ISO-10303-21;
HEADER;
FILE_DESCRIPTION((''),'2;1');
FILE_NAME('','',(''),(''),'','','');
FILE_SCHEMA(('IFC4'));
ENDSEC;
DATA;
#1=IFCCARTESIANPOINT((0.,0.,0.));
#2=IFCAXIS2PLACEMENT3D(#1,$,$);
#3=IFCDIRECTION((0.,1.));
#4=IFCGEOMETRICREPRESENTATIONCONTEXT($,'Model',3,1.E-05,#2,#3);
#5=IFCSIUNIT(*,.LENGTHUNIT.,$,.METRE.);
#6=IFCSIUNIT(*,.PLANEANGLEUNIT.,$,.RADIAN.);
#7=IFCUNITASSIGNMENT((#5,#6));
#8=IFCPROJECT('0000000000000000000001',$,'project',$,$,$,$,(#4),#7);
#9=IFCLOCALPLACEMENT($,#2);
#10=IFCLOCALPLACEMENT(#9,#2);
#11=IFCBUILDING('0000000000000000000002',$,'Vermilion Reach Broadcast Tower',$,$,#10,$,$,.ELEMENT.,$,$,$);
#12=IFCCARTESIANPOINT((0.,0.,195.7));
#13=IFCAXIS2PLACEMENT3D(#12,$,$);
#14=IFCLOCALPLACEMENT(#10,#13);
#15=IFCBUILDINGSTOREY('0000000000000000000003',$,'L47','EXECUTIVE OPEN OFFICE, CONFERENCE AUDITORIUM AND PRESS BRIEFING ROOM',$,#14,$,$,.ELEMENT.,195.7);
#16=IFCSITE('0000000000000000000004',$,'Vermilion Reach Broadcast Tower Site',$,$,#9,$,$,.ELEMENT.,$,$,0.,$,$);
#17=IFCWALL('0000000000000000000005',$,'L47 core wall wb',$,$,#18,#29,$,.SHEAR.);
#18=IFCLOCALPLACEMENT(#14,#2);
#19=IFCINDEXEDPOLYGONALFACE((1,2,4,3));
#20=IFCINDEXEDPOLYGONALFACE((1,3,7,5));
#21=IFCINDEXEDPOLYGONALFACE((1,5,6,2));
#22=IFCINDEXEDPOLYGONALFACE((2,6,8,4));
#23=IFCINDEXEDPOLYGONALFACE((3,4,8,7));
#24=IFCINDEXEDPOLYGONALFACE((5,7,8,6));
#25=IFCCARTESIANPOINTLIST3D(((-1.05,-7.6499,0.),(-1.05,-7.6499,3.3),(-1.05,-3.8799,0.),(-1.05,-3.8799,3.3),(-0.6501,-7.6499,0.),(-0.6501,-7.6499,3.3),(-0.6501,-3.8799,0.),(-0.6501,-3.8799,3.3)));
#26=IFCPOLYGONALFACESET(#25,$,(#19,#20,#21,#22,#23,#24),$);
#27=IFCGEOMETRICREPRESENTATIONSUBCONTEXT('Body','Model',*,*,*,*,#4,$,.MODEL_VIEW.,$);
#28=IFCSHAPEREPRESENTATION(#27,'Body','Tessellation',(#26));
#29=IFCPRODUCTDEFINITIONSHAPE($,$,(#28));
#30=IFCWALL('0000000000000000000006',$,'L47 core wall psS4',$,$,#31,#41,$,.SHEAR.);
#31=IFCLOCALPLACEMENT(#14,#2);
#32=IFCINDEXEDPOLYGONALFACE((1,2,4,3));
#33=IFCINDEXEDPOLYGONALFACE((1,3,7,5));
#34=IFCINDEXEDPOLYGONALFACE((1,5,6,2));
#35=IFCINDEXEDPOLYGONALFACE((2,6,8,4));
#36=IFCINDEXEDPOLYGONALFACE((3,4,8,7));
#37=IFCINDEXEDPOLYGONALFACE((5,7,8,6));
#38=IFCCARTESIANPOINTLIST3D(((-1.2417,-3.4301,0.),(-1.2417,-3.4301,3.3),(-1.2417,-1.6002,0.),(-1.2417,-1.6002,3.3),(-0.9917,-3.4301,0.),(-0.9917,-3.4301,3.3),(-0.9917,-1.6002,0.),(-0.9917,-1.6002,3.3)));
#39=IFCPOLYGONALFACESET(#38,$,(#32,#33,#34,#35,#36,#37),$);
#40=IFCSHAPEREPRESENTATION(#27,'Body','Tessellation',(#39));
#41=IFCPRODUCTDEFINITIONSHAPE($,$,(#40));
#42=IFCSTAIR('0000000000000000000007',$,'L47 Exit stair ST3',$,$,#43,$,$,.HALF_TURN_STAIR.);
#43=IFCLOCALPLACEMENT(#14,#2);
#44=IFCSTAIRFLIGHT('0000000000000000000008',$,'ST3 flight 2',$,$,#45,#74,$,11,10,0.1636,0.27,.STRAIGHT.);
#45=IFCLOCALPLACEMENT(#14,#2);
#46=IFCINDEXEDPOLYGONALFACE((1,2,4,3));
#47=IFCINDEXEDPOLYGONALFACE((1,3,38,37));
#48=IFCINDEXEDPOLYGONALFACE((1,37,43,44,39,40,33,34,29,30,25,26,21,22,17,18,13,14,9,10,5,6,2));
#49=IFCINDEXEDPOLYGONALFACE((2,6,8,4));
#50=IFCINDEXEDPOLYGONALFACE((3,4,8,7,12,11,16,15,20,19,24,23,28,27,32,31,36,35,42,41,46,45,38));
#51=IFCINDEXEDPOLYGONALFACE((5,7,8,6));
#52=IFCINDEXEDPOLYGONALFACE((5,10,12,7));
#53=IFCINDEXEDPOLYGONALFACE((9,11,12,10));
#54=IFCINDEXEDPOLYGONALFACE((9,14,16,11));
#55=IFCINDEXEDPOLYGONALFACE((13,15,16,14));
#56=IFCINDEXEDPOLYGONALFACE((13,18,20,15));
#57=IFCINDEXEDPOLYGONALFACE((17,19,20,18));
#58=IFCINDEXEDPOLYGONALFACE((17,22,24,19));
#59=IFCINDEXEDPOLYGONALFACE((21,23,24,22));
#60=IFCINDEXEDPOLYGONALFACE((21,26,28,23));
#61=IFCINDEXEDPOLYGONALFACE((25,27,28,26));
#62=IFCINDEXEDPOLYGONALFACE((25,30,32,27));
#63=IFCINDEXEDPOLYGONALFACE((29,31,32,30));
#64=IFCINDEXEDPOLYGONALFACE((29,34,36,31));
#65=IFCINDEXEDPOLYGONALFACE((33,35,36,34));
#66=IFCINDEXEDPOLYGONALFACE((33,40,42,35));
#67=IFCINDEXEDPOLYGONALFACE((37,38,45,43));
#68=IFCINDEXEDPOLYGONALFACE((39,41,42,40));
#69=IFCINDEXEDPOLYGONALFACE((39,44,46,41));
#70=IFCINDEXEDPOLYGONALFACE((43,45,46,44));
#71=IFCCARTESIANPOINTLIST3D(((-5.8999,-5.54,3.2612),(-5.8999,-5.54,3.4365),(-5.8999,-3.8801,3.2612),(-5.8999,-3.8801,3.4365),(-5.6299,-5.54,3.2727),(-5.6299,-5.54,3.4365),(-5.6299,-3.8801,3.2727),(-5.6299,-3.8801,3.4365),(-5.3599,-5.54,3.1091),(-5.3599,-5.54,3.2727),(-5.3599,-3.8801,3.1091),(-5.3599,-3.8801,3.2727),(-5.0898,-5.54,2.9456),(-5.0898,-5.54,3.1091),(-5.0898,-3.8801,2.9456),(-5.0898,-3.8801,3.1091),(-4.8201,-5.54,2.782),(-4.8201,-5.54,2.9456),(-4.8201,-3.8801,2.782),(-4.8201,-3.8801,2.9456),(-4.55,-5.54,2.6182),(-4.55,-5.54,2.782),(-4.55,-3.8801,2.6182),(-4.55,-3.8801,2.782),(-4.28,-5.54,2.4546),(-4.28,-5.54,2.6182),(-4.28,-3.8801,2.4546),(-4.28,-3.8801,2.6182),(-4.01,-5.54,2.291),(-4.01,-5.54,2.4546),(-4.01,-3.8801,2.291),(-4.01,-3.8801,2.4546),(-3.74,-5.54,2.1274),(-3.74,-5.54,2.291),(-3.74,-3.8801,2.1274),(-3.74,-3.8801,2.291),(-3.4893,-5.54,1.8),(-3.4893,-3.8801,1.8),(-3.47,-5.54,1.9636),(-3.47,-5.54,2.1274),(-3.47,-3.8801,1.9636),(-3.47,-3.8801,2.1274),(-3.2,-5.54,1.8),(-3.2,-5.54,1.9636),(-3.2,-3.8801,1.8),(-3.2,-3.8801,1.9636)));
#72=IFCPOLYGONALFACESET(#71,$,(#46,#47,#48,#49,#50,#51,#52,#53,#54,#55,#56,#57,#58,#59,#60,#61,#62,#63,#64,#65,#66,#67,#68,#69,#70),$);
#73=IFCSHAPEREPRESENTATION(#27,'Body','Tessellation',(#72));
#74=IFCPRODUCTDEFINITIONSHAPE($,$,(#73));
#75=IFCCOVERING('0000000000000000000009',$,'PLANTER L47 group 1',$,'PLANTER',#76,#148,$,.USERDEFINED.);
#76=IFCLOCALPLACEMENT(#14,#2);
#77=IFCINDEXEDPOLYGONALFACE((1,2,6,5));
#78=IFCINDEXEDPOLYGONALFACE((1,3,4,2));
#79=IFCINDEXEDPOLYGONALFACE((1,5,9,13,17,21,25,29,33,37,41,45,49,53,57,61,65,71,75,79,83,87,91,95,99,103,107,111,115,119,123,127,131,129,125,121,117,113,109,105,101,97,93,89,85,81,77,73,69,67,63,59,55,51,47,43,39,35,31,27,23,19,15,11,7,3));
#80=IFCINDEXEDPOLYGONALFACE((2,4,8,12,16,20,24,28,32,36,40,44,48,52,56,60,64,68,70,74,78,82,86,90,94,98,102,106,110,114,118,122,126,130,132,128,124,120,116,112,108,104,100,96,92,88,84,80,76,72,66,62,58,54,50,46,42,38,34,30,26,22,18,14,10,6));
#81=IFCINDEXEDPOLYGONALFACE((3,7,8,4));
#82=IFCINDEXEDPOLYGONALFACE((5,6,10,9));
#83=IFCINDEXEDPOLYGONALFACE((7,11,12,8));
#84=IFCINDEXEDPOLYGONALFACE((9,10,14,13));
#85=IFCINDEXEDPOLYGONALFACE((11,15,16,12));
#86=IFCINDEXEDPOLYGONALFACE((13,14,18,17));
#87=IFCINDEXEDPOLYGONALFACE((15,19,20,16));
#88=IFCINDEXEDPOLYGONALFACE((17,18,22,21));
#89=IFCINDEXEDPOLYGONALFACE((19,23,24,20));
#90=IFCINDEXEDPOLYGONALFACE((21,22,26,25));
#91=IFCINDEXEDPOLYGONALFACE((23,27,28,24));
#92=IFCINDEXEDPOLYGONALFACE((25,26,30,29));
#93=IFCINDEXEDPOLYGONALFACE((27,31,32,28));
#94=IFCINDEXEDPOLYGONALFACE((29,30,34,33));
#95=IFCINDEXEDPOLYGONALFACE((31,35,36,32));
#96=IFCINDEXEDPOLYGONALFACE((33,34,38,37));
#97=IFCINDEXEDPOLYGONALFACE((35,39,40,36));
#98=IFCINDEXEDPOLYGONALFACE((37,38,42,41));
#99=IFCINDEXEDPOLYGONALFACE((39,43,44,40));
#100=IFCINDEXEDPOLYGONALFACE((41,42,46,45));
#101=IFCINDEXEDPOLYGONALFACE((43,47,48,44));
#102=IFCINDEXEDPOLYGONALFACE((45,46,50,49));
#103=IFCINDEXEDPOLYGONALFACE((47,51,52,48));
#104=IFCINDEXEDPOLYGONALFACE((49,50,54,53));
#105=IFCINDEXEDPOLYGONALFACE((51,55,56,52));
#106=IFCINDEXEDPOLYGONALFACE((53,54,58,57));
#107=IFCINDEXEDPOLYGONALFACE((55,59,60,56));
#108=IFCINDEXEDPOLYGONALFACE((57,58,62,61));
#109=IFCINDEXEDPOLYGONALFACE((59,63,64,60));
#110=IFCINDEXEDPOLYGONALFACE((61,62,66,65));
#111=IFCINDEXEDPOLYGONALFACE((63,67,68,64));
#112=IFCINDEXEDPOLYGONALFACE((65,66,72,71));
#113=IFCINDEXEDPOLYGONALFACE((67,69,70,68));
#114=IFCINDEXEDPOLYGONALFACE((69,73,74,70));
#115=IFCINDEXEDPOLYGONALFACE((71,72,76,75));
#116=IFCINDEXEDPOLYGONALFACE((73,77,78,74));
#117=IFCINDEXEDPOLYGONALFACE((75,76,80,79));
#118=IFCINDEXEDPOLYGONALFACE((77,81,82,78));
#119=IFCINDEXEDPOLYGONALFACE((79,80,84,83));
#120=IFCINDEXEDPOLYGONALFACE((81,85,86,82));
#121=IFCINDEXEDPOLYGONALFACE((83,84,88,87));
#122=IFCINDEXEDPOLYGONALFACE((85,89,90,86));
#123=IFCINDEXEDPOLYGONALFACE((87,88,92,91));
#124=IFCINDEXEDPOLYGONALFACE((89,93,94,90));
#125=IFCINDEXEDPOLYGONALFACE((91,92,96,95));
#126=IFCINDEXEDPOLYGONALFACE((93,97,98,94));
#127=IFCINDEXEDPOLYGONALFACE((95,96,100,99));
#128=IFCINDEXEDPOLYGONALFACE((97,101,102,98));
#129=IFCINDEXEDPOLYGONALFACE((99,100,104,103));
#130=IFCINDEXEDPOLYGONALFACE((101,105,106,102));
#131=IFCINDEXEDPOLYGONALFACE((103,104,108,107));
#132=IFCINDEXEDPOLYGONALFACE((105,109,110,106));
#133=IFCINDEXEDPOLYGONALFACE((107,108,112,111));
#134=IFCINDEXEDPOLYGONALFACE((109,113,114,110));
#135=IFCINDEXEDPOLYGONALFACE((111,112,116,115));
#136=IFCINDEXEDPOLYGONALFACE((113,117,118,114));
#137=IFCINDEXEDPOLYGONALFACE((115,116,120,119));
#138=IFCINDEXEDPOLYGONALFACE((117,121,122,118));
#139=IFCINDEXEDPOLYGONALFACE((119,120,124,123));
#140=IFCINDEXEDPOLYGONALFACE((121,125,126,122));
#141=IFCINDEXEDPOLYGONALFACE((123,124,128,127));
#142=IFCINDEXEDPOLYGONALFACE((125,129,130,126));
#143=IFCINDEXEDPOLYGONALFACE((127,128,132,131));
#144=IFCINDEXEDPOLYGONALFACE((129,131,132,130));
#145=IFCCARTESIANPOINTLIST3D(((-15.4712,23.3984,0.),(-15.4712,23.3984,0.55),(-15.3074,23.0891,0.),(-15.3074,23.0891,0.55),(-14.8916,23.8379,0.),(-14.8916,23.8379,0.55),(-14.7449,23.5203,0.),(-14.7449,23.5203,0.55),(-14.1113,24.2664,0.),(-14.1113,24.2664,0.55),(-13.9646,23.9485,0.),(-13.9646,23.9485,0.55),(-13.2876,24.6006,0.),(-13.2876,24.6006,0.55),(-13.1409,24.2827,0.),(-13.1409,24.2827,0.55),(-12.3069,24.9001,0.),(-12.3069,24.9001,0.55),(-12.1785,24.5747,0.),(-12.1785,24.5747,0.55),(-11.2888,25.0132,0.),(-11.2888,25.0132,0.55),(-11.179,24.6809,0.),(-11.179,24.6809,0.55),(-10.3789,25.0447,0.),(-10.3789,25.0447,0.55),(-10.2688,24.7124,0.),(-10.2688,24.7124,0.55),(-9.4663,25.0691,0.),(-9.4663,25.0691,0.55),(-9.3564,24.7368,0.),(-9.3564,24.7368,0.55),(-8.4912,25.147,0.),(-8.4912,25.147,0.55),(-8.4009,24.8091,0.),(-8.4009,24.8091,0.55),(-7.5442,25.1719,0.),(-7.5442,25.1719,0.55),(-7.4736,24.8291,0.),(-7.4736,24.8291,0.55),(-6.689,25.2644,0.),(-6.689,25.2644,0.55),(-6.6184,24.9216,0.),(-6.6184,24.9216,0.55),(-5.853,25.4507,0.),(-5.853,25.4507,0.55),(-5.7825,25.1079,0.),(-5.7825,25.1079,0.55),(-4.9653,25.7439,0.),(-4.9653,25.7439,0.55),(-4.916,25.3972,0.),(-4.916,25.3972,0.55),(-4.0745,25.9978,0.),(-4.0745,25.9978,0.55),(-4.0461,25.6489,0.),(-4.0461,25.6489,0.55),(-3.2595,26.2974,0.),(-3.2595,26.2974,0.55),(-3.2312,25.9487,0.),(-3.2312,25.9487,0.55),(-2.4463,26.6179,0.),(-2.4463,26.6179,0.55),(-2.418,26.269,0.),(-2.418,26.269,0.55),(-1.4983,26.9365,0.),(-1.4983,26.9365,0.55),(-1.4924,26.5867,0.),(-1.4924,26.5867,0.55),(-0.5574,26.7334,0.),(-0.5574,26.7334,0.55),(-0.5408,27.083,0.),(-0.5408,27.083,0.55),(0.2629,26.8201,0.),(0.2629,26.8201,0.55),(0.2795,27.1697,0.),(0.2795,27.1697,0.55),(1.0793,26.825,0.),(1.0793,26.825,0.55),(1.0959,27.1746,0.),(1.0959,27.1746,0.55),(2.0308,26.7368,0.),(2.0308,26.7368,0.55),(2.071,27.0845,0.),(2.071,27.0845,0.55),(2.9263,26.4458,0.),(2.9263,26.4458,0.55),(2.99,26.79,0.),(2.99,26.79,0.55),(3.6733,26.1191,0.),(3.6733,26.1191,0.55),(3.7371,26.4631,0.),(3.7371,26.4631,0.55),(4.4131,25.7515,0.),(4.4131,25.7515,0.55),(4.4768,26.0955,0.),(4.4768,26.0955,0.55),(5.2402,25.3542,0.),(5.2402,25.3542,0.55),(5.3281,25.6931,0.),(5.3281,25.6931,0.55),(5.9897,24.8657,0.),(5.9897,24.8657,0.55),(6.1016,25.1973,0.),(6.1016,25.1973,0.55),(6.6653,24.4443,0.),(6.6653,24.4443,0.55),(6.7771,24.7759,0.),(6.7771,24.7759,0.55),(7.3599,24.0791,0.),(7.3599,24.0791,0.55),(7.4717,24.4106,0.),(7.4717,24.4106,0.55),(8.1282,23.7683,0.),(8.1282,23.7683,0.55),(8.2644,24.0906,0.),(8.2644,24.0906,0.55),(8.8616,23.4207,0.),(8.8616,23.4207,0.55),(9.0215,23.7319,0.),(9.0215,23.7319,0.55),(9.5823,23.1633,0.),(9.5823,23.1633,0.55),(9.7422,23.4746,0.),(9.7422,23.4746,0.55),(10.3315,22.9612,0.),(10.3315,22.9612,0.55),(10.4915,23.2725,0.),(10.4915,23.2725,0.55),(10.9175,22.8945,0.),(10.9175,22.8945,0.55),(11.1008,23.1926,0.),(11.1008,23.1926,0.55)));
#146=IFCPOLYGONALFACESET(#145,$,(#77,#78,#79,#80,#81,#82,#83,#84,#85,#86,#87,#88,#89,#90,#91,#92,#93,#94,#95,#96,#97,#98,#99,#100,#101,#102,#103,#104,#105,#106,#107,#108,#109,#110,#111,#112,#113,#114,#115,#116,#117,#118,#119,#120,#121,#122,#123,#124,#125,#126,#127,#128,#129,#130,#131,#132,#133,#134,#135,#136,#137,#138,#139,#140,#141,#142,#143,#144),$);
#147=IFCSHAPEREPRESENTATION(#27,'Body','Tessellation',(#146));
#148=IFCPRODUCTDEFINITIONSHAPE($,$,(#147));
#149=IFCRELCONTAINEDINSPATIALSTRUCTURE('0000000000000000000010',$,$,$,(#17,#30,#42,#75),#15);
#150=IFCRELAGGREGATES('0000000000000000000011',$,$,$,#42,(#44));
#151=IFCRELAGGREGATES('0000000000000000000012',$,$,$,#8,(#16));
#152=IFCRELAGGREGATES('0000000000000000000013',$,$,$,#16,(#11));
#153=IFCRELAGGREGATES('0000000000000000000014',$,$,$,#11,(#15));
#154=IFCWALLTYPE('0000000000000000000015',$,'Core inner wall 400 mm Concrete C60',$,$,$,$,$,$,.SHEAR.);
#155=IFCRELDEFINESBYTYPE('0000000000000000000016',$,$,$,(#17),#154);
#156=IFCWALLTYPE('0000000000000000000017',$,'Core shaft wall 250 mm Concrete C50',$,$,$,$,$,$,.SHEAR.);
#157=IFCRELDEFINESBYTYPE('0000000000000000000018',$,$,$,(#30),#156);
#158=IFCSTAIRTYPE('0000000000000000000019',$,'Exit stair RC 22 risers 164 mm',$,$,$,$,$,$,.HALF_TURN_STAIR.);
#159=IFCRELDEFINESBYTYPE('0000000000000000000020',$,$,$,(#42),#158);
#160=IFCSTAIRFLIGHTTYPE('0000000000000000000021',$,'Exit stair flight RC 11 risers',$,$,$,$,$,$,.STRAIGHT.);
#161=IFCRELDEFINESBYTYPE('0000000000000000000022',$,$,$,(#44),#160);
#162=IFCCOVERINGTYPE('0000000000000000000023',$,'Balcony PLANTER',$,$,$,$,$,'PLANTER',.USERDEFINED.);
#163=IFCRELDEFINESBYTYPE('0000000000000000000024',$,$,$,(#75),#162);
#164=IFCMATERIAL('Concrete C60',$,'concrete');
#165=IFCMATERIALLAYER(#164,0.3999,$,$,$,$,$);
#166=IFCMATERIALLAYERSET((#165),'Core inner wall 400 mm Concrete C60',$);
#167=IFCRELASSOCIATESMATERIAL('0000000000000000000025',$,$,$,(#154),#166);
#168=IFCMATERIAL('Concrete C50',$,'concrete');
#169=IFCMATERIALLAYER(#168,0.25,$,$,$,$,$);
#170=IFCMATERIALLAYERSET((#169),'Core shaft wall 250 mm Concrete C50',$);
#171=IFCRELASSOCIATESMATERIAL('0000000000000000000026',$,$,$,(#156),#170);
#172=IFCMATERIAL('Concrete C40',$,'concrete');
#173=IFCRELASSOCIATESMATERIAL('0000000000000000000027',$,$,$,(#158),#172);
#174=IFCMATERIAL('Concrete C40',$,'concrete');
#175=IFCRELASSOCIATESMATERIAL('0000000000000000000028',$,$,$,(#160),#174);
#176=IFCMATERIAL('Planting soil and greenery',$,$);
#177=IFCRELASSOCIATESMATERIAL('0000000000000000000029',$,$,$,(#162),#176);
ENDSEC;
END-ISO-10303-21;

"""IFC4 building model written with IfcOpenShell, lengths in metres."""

from ifc_helpers import new_model, si_unit, direction, frame, frame_2d, origin, place, context, subcontext, project, spatial, polyline, rectangle, outline, extrude, material, layer, layer_set, type_object, element, aggregate, save


model = new_model("IFC4")

# Units and contexts
model_context = context("Model", 3, precision=1e-05, world=origin(), true_north=direction((0.0, 1.0)))
body_context = subcontext(model_context, "Body", "Model", "MODEL_VIEW")
ifc_project = project(units=[si_unit("LENGTHUNIT", "METRE"), si_unit("PLANEANGLEUNIT", "RADIAN")], contexts=[model_context])

# Site, building, storey
site_placement = place(None, origin())
site = spatial("IfcSite", under=ifc_project, at=site_placement, Name="Vermilion Reach Broadcast Tower Site", CompositionType="ELEMENT", RefElevation=0.0)
building_placement = place(site_placement, origin())
building = spatial("IfcBuilding", under=site, at=building_placement, Name="Vermilion Reach Broadcast Tower", CompositionType="ELEMENT")
storey_placement = place(building_placement, frame((0.0, 0.0, 195.7)))
storey = spatial("IfcBuildingStorey", under=building, at=storey_placement, Name="L47", Description="EXECUTIVE OPEN OFFICE, CONFERENCE AUDITORIUM AND PRESS BRIEFING ROOM", CompositionType="ELEMENT", Elevation=195.7)

# Walls
ifc_material_1 = material(Name="Concrete C60", Category="concrete")
ifc_layer_1 = layer(ifc_material_1, 0.3999)
ifc_layer_set_1 = layer_set([ifc_layer_1], Name="Core inner wall 400 mm Concrete C60")
wall_type_1 = type_object("IfcWallType", Name="Core inner wall 400 mm Concrete C60", PredefinedType="SHEAR", material=ifc_layer_set_1)
wall_1_placement = place(storey_placement, frame((-0.8501, -3.8799, 0.0), z_axis=(0.0, 0.0, 1.0), x_axis=(0.0, -1.0, 0.0)))
element("IfcWall", 1, at=wall_1_placement, inside=storey, type_object=wall_type_1, Name="L47 core wall wb", PredefinedType="SHEAR", context=body_context, shape_type="SweptSolid", body=[
    extrude(rectangle(XDim=3.77, YDim=0.3999, at=frame_2d((1.885, 0.0))), origin(), (0.0, 0.0, 1.0), 3.3),
])
ifc_material_2 = material(Name="Concrete C50", Category="concrete")
ifc_layer_2 = layer(ifc_material_2, 0.25)
ifc_layer_set_2 = layer_set([ifc_layer_2], Name="Core shaft wall 250 mm Concrete C50")
wall_type_2 = type_object("IfcWallType", Name="Core shaft wall 250 mm Concrete C50", PredefinedType="SHEAR", material=ifc_layer_set_2)
wall_2_placement = place(storey_placement, frame((-1.1167, -1.6001, 0.0), z_axis=(0.0, 0.0, 1.0), x_axis=(0.0, -1.0, 0.0)))
element("IfcWall", 2, at=wall_2_placement, inside=storey, type_object=wall_type_2, Name="L47 core wall psS4", PredefinedType="SHEAR", context=body_context, shape_type="SweptSolid", body=[
    extrude(rectangle(XDim=1.8298, YDim=0.25, at=frame_2d((0.915, 0.0))), origin(), (0.0, 0.0, 1.0), 3.3),
])

# Stair, stair flight
ifc_material_3 = material(Name="Concrete C40", Category="concrete")
stair_type = type_object("IfcStairType", Name="Exit stair RC 22 risers 164 mm", PredefinedType="HALF_TURN_STAIR", material=ifc_material_3)
placement_1 = place(storey_placement, origin())
stair = element("IfcStair", 3, at=placement_1, inside=storey, type_object=stair_type, Name="L47 Exit stair ST3", PredefinedType="HALF_TURN_STAIR")
ifc_material_4 = material(Name="Concrete C40", Category="concrete")
stair_flight_type = type_object("IfcStairFlightType", Name="Exit stair flight RC 11 risers", PredefinedType="STRAIGHT", material=ifc_material_4)
stair_flight_placement = place(storey_placement, frame((-3.2, -4.71, 1.8), z_axis=(0.0, 0.0, 1.0), x_axis=(-1.0, 0.0, 0.0)))
stair_flight = element("IfcStairFlight", 4, at=stair_flight_placement, type_object=stair_flight_type, Name="ST3 flight 2", NumberOfRisers=11, NumberOfTreads=10, PredefinedType="STRAIGHT", RiserHeight=0.1636, TreadLength=0.27, context=body_context, shape_type="SweptSolid", body=[
    extrude(outline(polyline([(0.0, 0.0), (0.0, 0.1636), (0.27, 0.1636), (0.27, 0.3274), (0.54, 0.3274), (0.54, 0.491), (0.8101, 0.491), (0.8101, 0.6545), (1.0801, 0.6545), (1.0801, 0.8181), (1.3501, 0.8181), (1.3501, 0.9819), (1.6201, 0.9819), (1.6201, 1.1455), (1.8899, 1.1455), (1.8899, 1.3091), (2.1599, 1.3091), (2.1599, 1.4727), (2.4299, 1.4727), (2.4299, 1.6365), (2.7, 1.6365), (2.7, 1.8), (2.7, 1.4612), (0.2893, 0.0), (0.0, 0.0)])), frame((0.0, 0.8301, 0.0), z_axis=(0.0, -1.0, 0.0), x_axis=(1.0, 0.0, 0.0)), (0.0, 0.0, 1.0), 1.6599),
])
aggregate(stair, [stair_flight])

# Covering
ifc_material_5 = material(Name="Planting soil and greenery")
covering_type = type_object("IfcCoveringType", Name="Balcony PLANTER", ElementType="PLANTER", PredefinedType="USERDEFINED", material=ifc_material_5)
element("IfcCovering", 5, at=placement_1, inside=storey, type_object=covering_type, Name="PLANTER L47 group 1", ObjectType="PLANTER", PredefinedType="USERDEFINED", context=body_context, shape_type="SweptSolid", body=[
    extrude(outline(polyline([(11.1008, 23.1926), (10.4915, 23.2725), (9.7422, 23.4746), (9.0215, 23.7319), (8.2644, 24.0906), (7.4717, 24.4106), (6.7771, 24.7759), (6.1016, 25.1973), (5.3281, 25.6931), (4.4768, 26.0955), (3.7371, 26.4631), (2.99, 26.79), (2.071, 27.0845), (1.0959, 27.1746), (0.2795, 27.1697), (-0.5408, 27.083), (-1.4983, 26.9365), (-2.4463, 26.6179), (-3.2595, 26.2974), (-4.0745, 25.9978), (-4.9653, 25.7439), (-5.853, 25.4507), (-6.689, 25.2644), (-7.5442, 25.1719), (-8.4912, 25.147), (-9.4663, 25.0691), (-10.3789, 25.0447), (-11.2888, 25.0132), (-12.3069, 24.9001), (-13.2876, 24.6006), (-14.1113, 24.2664), (-14.8916, 23.8379), (-15.4712, 23.3984), (-15.3074, 23.0891), (-14.7449, 23.5203), (-13.9646, 23.9485), (-13.1409, 24.2827), (-12.1785, 24.5747), (-11.179, 24.6809), (-10.2688, 24.7124), (-9.3564, 24.7368), (-8.4009, 24.8091), (-7.4736, 24.8291), (-6.6184, 24.9216), (-5.7825, 25.1079), (-4.916, 25.3972), (-4.0461, 25.6489), (-3.2312, 25.9487), (-2.418, 26.269), (-1.4924, 26.5867), (-0.5574, 26.7334), (0.2629, 26.8201), (1.0793, 26.825), (2.0308, 26.7368), (2.9263, 26.4458), (3.6733, 26.1191), (4.4131, 25.7515), (5.2402, 25.3542), (5.9897, 24.8657), (6.6653, 24.4443), (7.3599, 24.0791), (8.1282, 23.7683), (8.8616, 23.4207), (9.5823, 23.1633), (10.3315, 22.9612), (10.9175, 22.8945), (11.1008, 23.1926)])), origin(), (0.0, 0.0, 1.0), 0.55),
])

save(model, "model.ifc")
